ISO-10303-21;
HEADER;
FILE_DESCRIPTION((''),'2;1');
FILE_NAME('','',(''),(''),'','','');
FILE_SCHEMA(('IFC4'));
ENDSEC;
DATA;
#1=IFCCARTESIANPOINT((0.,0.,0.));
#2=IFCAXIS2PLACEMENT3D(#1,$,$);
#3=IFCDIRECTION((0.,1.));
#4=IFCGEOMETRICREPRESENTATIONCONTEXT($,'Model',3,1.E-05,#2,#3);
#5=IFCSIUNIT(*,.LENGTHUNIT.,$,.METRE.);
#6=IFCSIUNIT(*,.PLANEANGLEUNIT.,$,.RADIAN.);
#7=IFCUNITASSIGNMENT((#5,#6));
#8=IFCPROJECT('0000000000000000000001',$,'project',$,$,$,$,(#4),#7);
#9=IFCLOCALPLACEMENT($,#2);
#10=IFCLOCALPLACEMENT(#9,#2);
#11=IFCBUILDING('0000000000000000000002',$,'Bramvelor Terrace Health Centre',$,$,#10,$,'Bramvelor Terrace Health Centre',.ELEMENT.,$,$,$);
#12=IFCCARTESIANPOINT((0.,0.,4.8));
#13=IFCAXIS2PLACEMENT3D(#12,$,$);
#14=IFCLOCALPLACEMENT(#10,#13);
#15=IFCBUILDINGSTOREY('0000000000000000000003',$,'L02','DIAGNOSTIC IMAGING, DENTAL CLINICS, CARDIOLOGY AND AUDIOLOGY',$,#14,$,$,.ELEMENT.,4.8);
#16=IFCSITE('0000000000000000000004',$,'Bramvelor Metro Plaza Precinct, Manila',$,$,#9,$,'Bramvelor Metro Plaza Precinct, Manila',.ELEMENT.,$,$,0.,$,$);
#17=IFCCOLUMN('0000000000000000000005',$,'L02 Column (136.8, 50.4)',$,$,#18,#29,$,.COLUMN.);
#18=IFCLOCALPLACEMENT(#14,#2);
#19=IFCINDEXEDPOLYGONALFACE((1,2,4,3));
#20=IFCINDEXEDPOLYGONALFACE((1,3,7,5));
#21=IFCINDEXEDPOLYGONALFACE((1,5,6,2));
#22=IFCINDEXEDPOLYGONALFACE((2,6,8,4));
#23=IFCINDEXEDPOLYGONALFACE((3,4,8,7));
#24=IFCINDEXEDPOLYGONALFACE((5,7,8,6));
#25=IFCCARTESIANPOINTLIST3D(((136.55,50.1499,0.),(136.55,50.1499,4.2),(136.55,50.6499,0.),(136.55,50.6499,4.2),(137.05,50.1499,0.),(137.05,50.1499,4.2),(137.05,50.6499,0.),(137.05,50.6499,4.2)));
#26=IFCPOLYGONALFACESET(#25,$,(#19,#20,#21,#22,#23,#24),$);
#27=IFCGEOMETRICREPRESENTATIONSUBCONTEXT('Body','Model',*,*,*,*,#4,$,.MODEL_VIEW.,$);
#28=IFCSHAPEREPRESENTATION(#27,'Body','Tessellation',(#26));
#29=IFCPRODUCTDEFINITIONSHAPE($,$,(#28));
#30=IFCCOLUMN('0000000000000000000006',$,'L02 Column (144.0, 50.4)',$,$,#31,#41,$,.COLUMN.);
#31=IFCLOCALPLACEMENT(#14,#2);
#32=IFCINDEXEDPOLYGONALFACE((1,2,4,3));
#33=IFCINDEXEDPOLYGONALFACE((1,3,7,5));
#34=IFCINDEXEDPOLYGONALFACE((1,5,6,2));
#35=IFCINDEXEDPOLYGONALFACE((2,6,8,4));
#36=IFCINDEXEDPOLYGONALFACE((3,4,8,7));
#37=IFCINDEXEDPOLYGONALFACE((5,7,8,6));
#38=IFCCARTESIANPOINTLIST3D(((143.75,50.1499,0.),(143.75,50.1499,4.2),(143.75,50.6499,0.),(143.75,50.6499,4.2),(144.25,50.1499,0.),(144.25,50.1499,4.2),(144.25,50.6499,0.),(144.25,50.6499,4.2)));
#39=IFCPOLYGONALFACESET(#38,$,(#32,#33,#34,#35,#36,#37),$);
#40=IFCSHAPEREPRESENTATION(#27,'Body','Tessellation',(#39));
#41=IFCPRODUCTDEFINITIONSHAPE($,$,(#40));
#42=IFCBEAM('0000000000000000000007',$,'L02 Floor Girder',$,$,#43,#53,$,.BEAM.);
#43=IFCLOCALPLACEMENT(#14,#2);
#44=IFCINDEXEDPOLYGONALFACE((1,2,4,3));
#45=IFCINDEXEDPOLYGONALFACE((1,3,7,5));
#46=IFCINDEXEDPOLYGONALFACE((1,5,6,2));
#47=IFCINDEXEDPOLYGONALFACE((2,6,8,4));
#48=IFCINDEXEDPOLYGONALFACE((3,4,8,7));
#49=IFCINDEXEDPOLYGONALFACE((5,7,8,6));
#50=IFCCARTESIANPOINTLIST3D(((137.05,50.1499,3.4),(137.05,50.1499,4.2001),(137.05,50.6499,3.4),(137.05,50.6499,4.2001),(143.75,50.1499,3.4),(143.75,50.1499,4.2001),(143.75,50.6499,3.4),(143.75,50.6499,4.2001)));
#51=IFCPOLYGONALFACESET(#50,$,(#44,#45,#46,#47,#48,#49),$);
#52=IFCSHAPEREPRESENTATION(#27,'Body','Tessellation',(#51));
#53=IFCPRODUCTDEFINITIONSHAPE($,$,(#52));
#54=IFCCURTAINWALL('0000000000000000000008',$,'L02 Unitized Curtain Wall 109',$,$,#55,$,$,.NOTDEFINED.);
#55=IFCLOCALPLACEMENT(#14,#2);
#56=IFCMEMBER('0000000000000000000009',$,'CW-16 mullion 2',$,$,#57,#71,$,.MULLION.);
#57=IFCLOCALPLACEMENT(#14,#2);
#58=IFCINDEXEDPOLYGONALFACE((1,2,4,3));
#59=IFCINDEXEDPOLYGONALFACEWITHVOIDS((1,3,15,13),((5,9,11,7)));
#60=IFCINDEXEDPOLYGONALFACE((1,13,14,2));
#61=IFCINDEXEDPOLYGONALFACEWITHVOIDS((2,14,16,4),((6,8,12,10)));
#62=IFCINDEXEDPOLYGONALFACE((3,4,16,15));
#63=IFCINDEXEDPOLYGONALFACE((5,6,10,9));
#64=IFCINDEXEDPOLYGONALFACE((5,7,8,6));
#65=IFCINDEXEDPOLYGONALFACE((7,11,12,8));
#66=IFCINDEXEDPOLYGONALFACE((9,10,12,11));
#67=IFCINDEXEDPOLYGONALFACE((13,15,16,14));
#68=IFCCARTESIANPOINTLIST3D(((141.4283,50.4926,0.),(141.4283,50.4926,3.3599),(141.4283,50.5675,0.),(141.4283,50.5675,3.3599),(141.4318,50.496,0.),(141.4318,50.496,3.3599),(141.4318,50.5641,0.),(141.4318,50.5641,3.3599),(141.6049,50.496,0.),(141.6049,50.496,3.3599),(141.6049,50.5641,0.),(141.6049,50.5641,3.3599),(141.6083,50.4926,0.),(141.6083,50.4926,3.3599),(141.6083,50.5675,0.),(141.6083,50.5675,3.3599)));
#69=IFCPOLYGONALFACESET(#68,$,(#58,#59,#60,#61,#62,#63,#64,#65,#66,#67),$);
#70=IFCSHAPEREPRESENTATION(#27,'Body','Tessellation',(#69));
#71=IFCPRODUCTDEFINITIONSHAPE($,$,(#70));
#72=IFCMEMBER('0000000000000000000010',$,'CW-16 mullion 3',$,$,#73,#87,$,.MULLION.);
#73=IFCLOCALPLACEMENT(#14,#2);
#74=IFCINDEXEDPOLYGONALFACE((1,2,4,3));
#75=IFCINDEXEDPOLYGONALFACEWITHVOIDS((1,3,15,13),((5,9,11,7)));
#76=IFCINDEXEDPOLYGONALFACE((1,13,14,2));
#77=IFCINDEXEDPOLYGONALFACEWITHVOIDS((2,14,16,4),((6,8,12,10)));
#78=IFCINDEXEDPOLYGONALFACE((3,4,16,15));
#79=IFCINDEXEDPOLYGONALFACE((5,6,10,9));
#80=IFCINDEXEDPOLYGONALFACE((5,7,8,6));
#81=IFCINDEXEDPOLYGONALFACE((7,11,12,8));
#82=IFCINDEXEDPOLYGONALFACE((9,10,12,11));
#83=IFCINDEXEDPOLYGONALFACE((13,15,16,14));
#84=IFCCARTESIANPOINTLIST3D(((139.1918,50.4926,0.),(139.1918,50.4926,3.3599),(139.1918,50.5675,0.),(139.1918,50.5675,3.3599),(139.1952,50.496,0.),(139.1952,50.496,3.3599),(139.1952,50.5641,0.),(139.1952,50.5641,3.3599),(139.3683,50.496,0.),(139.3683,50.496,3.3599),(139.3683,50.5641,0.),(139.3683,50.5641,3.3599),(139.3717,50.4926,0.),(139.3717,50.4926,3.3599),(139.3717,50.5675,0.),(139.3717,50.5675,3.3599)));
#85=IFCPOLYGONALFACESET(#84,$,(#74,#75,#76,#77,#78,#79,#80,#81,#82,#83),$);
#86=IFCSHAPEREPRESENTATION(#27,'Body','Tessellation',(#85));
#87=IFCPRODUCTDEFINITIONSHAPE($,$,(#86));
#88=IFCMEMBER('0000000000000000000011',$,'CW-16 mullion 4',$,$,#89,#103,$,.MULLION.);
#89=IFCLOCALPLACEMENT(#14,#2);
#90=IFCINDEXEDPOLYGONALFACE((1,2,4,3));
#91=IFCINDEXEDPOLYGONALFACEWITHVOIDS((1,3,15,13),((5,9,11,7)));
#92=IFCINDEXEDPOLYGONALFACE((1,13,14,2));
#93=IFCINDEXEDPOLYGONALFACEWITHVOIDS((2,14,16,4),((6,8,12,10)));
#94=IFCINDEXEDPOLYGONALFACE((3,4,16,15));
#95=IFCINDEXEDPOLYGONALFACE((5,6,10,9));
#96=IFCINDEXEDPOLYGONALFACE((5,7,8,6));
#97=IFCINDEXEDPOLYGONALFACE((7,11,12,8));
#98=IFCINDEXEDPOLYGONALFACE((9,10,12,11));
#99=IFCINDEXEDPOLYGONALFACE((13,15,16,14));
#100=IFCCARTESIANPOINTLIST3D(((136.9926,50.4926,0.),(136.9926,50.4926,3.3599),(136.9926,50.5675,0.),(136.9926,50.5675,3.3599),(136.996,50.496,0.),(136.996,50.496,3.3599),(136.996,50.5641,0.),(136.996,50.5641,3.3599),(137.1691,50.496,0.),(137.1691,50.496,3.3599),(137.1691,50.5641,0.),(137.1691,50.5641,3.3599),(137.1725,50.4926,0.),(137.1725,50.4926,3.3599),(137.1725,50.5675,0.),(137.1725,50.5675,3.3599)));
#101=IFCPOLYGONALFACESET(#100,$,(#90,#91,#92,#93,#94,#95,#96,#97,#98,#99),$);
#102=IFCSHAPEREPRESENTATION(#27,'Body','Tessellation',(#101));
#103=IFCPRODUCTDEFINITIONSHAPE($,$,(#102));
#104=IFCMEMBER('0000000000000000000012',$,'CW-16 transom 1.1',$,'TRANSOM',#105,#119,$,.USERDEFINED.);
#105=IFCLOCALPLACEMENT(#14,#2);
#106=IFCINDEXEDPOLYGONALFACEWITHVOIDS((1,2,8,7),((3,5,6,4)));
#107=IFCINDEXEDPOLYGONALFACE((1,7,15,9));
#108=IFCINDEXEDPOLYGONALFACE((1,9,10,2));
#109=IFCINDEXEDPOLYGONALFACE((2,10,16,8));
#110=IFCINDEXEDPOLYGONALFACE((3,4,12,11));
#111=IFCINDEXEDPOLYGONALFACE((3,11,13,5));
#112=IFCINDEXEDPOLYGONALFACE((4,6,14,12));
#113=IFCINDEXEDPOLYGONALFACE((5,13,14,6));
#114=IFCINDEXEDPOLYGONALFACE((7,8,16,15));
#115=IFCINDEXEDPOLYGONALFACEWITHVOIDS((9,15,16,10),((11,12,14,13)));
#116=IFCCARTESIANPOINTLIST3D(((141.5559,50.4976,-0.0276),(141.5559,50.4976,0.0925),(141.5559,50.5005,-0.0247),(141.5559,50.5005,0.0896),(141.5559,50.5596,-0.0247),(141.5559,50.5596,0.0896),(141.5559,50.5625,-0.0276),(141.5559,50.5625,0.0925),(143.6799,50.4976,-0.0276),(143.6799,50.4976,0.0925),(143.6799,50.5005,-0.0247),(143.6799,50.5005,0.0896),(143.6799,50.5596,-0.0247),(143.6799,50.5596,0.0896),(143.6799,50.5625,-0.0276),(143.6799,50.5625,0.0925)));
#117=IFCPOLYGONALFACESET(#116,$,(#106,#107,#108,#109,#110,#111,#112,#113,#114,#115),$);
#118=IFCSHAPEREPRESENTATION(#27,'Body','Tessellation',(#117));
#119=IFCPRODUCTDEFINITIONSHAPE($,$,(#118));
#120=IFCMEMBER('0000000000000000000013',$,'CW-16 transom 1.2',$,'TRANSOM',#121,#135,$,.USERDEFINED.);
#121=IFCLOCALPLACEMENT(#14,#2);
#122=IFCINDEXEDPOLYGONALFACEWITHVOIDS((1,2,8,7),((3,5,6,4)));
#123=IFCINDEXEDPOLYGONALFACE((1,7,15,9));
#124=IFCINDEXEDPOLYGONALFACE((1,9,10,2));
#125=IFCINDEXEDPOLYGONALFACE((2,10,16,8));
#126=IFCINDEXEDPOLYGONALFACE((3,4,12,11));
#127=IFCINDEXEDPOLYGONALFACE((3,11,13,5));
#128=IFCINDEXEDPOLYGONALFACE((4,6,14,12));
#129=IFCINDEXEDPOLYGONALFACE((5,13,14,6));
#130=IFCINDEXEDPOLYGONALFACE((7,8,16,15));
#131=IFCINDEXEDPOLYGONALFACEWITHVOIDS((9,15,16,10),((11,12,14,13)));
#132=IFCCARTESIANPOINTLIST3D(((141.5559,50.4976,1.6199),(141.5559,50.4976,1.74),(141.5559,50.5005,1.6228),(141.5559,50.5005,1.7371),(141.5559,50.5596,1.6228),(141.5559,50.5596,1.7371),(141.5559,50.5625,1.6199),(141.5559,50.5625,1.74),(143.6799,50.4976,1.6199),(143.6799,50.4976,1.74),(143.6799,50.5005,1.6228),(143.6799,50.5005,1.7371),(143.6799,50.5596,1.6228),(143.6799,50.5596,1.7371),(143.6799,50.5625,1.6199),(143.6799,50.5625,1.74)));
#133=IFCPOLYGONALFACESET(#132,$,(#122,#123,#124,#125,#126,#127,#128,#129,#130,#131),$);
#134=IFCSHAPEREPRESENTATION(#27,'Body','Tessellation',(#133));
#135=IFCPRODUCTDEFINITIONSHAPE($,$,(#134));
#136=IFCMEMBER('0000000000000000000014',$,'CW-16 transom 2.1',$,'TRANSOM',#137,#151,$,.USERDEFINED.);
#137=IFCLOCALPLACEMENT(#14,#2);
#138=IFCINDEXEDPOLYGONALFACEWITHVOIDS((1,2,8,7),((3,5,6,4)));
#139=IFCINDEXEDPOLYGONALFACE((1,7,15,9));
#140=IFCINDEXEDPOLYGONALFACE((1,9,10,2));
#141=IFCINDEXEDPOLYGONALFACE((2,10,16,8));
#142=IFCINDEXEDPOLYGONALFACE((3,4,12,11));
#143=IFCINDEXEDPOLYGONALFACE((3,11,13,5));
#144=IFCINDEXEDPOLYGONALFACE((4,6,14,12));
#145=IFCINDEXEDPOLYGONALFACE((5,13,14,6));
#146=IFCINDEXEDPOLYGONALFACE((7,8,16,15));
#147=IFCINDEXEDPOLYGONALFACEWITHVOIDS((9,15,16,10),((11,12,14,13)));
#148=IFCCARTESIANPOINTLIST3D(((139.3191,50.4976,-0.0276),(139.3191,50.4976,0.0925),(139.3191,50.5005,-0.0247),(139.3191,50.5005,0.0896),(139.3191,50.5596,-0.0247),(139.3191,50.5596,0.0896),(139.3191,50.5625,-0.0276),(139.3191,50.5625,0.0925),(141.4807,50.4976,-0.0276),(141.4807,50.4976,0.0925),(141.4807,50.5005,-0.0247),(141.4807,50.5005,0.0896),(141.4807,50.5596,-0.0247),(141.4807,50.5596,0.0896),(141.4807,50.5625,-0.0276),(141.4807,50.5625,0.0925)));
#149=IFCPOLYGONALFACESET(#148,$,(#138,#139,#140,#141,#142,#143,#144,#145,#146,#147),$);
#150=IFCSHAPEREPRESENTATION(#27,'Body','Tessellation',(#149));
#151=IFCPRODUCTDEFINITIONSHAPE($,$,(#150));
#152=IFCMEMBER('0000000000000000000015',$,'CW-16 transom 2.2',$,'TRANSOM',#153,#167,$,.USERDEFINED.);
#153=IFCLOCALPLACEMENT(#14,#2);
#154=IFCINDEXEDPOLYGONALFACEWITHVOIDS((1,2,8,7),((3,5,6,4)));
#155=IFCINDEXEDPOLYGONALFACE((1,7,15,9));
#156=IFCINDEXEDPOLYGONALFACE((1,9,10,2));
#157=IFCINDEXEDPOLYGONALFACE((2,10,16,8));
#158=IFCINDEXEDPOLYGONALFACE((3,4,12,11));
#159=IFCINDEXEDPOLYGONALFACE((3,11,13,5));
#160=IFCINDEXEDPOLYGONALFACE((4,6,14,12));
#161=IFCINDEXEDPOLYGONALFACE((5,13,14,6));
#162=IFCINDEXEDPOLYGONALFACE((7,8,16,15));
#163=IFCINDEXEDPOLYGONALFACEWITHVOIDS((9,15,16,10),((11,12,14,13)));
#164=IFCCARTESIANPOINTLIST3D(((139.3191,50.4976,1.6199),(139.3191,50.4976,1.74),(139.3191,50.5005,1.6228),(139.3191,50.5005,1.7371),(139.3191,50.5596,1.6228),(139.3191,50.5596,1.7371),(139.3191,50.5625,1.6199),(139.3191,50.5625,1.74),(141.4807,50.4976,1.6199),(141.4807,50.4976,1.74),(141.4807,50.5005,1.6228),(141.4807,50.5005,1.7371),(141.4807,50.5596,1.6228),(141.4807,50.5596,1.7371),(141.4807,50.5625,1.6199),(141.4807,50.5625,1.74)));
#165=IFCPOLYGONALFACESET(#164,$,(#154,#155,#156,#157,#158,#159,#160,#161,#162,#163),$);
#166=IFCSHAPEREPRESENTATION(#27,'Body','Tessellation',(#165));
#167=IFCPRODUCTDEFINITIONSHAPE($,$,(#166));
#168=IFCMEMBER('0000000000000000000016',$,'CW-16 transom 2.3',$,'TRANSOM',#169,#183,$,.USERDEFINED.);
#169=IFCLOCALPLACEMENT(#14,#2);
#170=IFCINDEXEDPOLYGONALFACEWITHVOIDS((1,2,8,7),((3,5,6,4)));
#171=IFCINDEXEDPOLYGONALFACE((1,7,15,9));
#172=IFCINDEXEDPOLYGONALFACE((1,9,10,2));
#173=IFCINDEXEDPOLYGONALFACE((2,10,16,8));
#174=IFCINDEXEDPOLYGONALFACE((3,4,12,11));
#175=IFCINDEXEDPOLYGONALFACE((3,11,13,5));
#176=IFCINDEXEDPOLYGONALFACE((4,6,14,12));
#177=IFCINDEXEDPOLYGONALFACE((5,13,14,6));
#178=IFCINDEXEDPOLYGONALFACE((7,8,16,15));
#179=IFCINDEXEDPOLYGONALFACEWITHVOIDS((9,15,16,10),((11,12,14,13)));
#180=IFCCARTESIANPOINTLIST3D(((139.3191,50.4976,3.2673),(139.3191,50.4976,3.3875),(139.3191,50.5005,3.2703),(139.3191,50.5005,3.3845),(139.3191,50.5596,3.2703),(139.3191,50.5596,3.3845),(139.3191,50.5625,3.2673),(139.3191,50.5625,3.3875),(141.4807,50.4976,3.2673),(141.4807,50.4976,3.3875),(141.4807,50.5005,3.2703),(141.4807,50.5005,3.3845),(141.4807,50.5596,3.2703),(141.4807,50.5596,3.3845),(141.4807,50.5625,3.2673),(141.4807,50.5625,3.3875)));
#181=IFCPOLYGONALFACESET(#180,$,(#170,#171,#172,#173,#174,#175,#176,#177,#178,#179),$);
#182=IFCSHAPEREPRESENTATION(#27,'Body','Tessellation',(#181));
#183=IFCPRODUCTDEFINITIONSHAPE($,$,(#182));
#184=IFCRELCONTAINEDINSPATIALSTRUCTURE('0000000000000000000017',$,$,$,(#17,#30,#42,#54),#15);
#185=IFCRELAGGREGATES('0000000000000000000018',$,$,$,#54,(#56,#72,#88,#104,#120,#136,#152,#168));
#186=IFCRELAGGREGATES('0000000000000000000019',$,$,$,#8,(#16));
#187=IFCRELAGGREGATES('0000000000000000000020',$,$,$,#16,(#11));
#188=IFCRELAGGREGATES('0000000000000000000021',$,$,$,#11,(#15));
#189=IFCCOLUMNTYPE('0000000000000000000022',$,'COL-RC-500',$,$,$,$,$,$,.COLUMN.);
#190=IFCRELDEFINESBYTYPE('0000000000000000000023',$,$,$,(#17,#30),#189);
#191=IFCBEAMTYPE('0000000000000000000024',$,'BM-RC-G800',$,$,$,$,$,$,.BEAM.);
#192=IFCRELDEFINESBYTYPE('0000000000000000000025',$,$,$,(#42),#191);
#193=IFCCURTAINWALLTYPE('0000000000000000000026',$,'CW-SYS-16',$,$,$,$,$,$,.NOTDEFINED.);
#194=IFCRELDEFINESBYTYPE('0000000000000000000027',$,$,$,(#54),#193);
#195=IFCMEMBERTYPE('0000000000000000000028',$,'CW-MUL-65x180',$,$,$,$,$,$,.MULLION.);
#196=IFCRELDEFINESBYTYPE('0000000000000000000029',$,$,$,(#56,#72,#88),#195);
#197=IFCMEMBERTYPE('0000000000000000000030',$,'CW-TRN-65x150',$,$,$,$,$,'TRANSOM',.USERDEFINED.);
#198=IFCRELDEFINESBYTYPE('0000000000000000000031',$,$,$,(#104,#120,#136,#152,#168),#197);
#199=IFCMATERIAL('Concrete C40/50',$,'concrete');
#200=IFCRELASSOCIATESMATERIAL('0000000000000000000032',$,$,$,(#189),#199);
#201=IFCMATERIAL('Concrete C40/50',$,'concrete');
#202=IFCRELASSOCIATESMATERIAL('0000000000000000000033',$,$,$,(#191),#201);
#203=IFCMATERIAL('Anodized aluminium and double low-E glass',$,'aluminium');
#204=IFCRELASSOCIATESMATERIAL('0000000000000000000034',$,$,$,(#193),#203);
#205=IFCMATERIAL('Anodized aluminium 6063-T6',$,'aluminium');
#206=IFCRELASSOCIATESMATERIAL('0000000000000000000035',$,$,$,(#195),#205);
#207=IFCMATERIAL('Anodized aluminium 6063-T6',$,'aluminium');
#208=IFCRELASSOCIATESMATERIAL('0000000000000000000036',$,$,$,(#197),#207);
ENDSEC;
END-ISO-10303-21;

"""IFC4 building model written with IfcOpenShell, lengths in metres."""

from ifc_helpers import new_model, si_unit, direction, frame, origin, origin_2d, place, context, subcontext, project, spatial, rectangle, hollow_rectangle, extrude, material, material_profile, profile_set, type_object, element, aggregate, save


model = new_model("IFC4")

# Units and contexts
model_context = context("Model", 3, precision=1e-05, world=origin(), true_north=direction((0.0, 1.0)))
body_context = subcontext(model_context, "Body", "Model", "MODEL_VIEW")
ifc_project = project(units=[si_unit("LENGTHUNIT", "METRE"), si_unit("PLANEANGLEUNIT", "RADIAN")], contexts=[model_context])

# Site, building, storey
site_placement = place(None, origin())
site = spatial("IfcSite", under=ifc_project, at=site_placement, Name="Bramvelor Metro Plaza Precinct, Manila", LongName="Bramvelor Metro Plaza Precinct, Manila", CompositionType="ELEMENT", RefElevation=0.0)
building_placement = place(site_placement, origin())
building = spatial("IfcBuilding", under=site, at=building_placement, Name="Bramvelor Terrace Health Centre", LongName="Bramvelor Terrace Health Centre", CompositionType="ELEMENT")
storey_placement = place(building_placement, frame((0.0, 0.0, 4.8)))
storey = spatial("IfcBuildingStorey", under=building, at=storey_placement, Name="L02", Description="DIAGNOSTIC IMAGING, DENTAL CLINICS, CARDIOLOGY AND AUDIOLOGY", CompositionType="ELEMENT", Elevation=4.8)

# Columns
ifc_material_1 = material(Name="Concrete C40/50", Category="concrete")
ifc_material_profile_1 = material_profile(ifc_material_1, rectangle(XDim=0.5, YDim=0.5, at=origin_2d()), Name="RC 500x500")
ifc_profile_set_1 = profile_set([ifc_material_profile_1], Name="Concrete C40/50")
column_type = type_object("IfcColumnType", Name="COL-RC-500", PredefinedType="COLUMN", material=ifc_profile_set_1)
for number, where, z_axis, x_axis, name in (
    (1, (136.8, 50.3999, 0.0), (0.0, 0.0, 1.0), (1.0, 0.0, 0.0), "L02 Column (136.8, 50.4)"),
    (2, (144.0, 50.3999, 0.0), (0.0, 0.0, 1.0), (1.0, 0.0, 0.0), "L02 Column (144.0, 50.4)"),
):
    element("IfcColumn", number, at=place(storey_placement, frame(where, z_axis=z_axis, x_axis=x_axis)), inside=storey, type_object=column_type, Name=name, PredefinedType="COLUMN", context=body_context, shape_type="SweptSolid", body=[
        extrude(rectangle(XDim=0.5, YDim=0.5, at=origin_2d()), origin(), (0.0, 0.0, 1.0), 4.2),
    ])

# Beam
ifc_material_2 = material(Name="Concrete C40/50", Category="concrete")
ifc_material_profile_2 = material_profile(ifc_material_2, rectangle(XDim=0.5, YDim=0.8, at=origin_2d()), Name="RC 500x800")
ifc_profile_set_2 = profile_set([ifc_material_profile_2], Name="Concrete C40/50")
beam_type = type_object("IfcBeamType", Name="BM-RC-G800", PredefinedType="BEAM", material=ifc_profile_set_2)
beam_placement = place(storey_placement, frame((137.05, 50.3999, 3.8), z_axis=(1.0, 0.0, 0.0), x_axis=(0.0, 1.0, 0.0)))
element("IfcBeam", 3, at=beam_placement, inside=storey, type_object=beam_type, Name="L02 Floor Girder", PredefinedType="BEAM", context=body_context, shape_type="SweptSolid", body=[
    extrude(rectangle(XDim=0.5, YDim=0.8, at=origin_2d()), origin(), (0.0, 0.0, 1.0), 6.7),
])

# Curtain wall, members
ifc_material_3 = material(Name="Anodized aluminium and double low-E glass", Category="aluminium")
curtain_wall_type = type_object("IfcCurtainWallType", Name="CW-SYS-16", PredefinedType="NOTDEFINED", material=ifc_material_3)
curtain_wall_placement = place(storey_placement, origin())
curtain_wall = element("IfcCurtainWall", 4, at=curtain_wall_placement, inside=storey, type_object=curtain_wall_type, Name="L02 Unitized Curtain Wall 109", PredefinedType="NOTDEFINED")
ifc_material_4 = material(Name="Anodized aluminium 6063-T6", Category="aluminium")
ifc_material_profile_3 = material_profile(ifc_material_4, hollow_rectangle(XDim=0.075, YDim=0.1799, WallThickness=0.0034, at=origin_2d()), Name="ALU-MUL 75x180x3.5")
ifc_profile_set_3 = profile_set([ifc_material_profile_3], Name="Anodized aluminium 6063-T6")
member_type_1 = type_object("IfcMemberType", Name="CW-MUL-65x180", PredefinedType="MULLION", material=ifc_profile_set_3)
member_1_placement = place(storey_placement, frame((141.5183, 50.53, 0.0), z_axis=(0.0, 0.0, 1.0), x_axis=(0.0, -1.0, 0.0)))
member_1 = element("IfcMember", 5, at=member_1_placement, type_object=member_type_1, Name="CW-16 mullion 2", PredefinedType="MULLION", context=body_context, shape_type="SweptSolid", body=[
    extrude(hollow_rectangle(XDim=0.075, YDim=0.1799, WallThickness=0.0034, at=origin_2d()), origin(), (0.0, 0.0, 1.0), 3.3599),
])
member_2_placement = place(storey_placement, frame((139.2817, 50.53, 0.0), z_axis=(0.0, 0.0, 1.0), x_axis=(0.0, -1.0, 0.0)))
member_2 = element("IfcMember", 6, at=member_2_placement, type_object=member_type_1, Name="CW-16 mullion 3", PredefinedType="MULLION", context=body_context, shape_type="SweptSolid", body=[
    extrude(hollow_rectangle(XDim=0.075, YDim=0.1799, WallThickness=0.0034, at=origin_2d()), origin(), (0.0, 0.0, 1.0), 3.3599),
])
member_3_placement = place(storey_placement, frame((137.0825, 50.53, 0.0), z_axis=(0.0, 0.0, 1.0), x_axis=(0.0, -1.0, 0.0)))
member_3 = element("IfcMember", 7, at=member_3_placement, type_object=member_type_1, Name="CW-16 mullion 4", PredefinedType="MULLION", context=body_context, shape_type="SweptSolid", body=[
    extrude(hollow_rectangle(XDim=0.075, YDim=0.1799, WallThickness=0.0034, at=origin_2d()), origin(), (0.0, 0.0, 1.0), 3.3599),
])
ifc_material_5 = material(Name="Anodized aluminium 6063-T6", Category="aluminium")
ifc_material_profile_4 = material_profile(ifc_material_5, hollow_rectangle(XDim=0.0649, YDim=0.1201, WallThickness=0.0029, at=origin_2d()), Name="ALU-TRN 65x120x3.0")
ifc_profile_set_4 = profile_set([ifc_material_profile_4], Name="Anodized aluminium 6063-T6")
member_type_2 = type_object("IfcMemberType", Name="CW-TRN-65x150", ElementType="TRANSOM", PredefinedType="USERDEFINED", material=ifc_profile_set_4)
member_4_placement = place(storey_placement, frame((143.6799, 50.53, 0.0325), z_axis=(-1.0, 0.0, 0.0), x_axis=(0.0, -1.0, 0.0)))
member_4 = element("IfcMember", 8, at=member_4_placement, type_object=member_type_2, Name="CW-16 transom 1.1", ObjectType="TRANSOM", PredefinedType="USERDEFINED", context=body_context, shape_type="SweptSolid", body=[
    extrude(hollow_rectangle(XDim=0.0649, YDim=0.1201, WallThickness=0.0029, at=origin_2d()), origin(), (0.0, 0.0, 1.0), 2.124),
])
member_5_placement = place(storey_placement, frame((143.6799, 50.53, 1.6799), z_axis=(-1.0, 0.0, 0.0), x_axis=(0.0, -1.0, 0.0)))
member_5 = element("IfcMember", 9, at=member_5_placement, type_object=member_type_2, Name="CW-16 transom 1.2", ObjectType="TRANSOM", PredefinedType="USERDEFINED", context=body_context, shape_type="SweptSolid", body=[
    extrude(hollow_rectangle(XDim=0.0649, YDim=0.1201, WallThickness=0.0029, at=origin_2d()), origin(), (0.0, 0.0, 1.0), 2.124),
])
member_6_placement = place(storey_placement, frame((141.4807, 50.53, 0.0325), z_axis=(-1.0, 0.0, 0.0), x_axis=(0.0, -1.0, 0.0)))
member_6 = element("IfcMember", 10, at=member_6_placement, type_object=member_type_2, Name="CW-16 transom 2.1", ObjectType="TRANSOM", PredefinedType="USERDEFINED", context=body_context, shape_type="SweptSolid", body=[
    extrude(hollow_rectangle(XDim=0.0649, YDim=0.1201, WallThickness=0.0029, at=origin_2d()), origin(), (0.0, 0.0, 1.0), 2.1616),
])
member_7_placement = place(storey_placement, frame((141.4807, 50.53, 1.6799), z_axis=(-1.0, 0.0, 0.0), x_axis=(0.0, -1.0, 0.0)))
member_7 = element("IfcMember", 11, at=member_7_placement, type_object=member_type_2, Name="CW-16 transom 2.2", ObjectType="TRANSOM", PredefinedType="USERDEFINED", context=body_context, shape_type="SweptSolid", body=[
    extrude(hollow_rectangle(XDim=0.0649, YDim=0.1201, WallThickness=0.0029, at=origin_2d()), origin(), (0.0, 0.0, 1.0), 2.1616),
])
member_8_placement = place(storey_placement, frame((141.4807, 50.53, 3.3274), z_axis=(-1.0, 0.0, 0.0), x_axis=(0.0, -1.0, 0.0)))
member_8 = element("IfcMember", 12, at=member_8_placement, type_object=member_type_2, Name="CW-16 transom 2.3", ObjectType="TRANSOM", PredefinedType="USERDEFINED", context=body_context, shape_type="SweptSolid", body=[
    extrude(hollow_rectangle(XDim=0.0649, YDim=0.1201, WallThickness=0.0029, at=origin_2d()), origin(), (0.0, 0.0, 1.0), 2.1616),
])
aggregate(curtain_wall, [member_1, member_2, member_3, member_4, member_5, member_6, member_7, member_8])

save(model, "model.ifc")
